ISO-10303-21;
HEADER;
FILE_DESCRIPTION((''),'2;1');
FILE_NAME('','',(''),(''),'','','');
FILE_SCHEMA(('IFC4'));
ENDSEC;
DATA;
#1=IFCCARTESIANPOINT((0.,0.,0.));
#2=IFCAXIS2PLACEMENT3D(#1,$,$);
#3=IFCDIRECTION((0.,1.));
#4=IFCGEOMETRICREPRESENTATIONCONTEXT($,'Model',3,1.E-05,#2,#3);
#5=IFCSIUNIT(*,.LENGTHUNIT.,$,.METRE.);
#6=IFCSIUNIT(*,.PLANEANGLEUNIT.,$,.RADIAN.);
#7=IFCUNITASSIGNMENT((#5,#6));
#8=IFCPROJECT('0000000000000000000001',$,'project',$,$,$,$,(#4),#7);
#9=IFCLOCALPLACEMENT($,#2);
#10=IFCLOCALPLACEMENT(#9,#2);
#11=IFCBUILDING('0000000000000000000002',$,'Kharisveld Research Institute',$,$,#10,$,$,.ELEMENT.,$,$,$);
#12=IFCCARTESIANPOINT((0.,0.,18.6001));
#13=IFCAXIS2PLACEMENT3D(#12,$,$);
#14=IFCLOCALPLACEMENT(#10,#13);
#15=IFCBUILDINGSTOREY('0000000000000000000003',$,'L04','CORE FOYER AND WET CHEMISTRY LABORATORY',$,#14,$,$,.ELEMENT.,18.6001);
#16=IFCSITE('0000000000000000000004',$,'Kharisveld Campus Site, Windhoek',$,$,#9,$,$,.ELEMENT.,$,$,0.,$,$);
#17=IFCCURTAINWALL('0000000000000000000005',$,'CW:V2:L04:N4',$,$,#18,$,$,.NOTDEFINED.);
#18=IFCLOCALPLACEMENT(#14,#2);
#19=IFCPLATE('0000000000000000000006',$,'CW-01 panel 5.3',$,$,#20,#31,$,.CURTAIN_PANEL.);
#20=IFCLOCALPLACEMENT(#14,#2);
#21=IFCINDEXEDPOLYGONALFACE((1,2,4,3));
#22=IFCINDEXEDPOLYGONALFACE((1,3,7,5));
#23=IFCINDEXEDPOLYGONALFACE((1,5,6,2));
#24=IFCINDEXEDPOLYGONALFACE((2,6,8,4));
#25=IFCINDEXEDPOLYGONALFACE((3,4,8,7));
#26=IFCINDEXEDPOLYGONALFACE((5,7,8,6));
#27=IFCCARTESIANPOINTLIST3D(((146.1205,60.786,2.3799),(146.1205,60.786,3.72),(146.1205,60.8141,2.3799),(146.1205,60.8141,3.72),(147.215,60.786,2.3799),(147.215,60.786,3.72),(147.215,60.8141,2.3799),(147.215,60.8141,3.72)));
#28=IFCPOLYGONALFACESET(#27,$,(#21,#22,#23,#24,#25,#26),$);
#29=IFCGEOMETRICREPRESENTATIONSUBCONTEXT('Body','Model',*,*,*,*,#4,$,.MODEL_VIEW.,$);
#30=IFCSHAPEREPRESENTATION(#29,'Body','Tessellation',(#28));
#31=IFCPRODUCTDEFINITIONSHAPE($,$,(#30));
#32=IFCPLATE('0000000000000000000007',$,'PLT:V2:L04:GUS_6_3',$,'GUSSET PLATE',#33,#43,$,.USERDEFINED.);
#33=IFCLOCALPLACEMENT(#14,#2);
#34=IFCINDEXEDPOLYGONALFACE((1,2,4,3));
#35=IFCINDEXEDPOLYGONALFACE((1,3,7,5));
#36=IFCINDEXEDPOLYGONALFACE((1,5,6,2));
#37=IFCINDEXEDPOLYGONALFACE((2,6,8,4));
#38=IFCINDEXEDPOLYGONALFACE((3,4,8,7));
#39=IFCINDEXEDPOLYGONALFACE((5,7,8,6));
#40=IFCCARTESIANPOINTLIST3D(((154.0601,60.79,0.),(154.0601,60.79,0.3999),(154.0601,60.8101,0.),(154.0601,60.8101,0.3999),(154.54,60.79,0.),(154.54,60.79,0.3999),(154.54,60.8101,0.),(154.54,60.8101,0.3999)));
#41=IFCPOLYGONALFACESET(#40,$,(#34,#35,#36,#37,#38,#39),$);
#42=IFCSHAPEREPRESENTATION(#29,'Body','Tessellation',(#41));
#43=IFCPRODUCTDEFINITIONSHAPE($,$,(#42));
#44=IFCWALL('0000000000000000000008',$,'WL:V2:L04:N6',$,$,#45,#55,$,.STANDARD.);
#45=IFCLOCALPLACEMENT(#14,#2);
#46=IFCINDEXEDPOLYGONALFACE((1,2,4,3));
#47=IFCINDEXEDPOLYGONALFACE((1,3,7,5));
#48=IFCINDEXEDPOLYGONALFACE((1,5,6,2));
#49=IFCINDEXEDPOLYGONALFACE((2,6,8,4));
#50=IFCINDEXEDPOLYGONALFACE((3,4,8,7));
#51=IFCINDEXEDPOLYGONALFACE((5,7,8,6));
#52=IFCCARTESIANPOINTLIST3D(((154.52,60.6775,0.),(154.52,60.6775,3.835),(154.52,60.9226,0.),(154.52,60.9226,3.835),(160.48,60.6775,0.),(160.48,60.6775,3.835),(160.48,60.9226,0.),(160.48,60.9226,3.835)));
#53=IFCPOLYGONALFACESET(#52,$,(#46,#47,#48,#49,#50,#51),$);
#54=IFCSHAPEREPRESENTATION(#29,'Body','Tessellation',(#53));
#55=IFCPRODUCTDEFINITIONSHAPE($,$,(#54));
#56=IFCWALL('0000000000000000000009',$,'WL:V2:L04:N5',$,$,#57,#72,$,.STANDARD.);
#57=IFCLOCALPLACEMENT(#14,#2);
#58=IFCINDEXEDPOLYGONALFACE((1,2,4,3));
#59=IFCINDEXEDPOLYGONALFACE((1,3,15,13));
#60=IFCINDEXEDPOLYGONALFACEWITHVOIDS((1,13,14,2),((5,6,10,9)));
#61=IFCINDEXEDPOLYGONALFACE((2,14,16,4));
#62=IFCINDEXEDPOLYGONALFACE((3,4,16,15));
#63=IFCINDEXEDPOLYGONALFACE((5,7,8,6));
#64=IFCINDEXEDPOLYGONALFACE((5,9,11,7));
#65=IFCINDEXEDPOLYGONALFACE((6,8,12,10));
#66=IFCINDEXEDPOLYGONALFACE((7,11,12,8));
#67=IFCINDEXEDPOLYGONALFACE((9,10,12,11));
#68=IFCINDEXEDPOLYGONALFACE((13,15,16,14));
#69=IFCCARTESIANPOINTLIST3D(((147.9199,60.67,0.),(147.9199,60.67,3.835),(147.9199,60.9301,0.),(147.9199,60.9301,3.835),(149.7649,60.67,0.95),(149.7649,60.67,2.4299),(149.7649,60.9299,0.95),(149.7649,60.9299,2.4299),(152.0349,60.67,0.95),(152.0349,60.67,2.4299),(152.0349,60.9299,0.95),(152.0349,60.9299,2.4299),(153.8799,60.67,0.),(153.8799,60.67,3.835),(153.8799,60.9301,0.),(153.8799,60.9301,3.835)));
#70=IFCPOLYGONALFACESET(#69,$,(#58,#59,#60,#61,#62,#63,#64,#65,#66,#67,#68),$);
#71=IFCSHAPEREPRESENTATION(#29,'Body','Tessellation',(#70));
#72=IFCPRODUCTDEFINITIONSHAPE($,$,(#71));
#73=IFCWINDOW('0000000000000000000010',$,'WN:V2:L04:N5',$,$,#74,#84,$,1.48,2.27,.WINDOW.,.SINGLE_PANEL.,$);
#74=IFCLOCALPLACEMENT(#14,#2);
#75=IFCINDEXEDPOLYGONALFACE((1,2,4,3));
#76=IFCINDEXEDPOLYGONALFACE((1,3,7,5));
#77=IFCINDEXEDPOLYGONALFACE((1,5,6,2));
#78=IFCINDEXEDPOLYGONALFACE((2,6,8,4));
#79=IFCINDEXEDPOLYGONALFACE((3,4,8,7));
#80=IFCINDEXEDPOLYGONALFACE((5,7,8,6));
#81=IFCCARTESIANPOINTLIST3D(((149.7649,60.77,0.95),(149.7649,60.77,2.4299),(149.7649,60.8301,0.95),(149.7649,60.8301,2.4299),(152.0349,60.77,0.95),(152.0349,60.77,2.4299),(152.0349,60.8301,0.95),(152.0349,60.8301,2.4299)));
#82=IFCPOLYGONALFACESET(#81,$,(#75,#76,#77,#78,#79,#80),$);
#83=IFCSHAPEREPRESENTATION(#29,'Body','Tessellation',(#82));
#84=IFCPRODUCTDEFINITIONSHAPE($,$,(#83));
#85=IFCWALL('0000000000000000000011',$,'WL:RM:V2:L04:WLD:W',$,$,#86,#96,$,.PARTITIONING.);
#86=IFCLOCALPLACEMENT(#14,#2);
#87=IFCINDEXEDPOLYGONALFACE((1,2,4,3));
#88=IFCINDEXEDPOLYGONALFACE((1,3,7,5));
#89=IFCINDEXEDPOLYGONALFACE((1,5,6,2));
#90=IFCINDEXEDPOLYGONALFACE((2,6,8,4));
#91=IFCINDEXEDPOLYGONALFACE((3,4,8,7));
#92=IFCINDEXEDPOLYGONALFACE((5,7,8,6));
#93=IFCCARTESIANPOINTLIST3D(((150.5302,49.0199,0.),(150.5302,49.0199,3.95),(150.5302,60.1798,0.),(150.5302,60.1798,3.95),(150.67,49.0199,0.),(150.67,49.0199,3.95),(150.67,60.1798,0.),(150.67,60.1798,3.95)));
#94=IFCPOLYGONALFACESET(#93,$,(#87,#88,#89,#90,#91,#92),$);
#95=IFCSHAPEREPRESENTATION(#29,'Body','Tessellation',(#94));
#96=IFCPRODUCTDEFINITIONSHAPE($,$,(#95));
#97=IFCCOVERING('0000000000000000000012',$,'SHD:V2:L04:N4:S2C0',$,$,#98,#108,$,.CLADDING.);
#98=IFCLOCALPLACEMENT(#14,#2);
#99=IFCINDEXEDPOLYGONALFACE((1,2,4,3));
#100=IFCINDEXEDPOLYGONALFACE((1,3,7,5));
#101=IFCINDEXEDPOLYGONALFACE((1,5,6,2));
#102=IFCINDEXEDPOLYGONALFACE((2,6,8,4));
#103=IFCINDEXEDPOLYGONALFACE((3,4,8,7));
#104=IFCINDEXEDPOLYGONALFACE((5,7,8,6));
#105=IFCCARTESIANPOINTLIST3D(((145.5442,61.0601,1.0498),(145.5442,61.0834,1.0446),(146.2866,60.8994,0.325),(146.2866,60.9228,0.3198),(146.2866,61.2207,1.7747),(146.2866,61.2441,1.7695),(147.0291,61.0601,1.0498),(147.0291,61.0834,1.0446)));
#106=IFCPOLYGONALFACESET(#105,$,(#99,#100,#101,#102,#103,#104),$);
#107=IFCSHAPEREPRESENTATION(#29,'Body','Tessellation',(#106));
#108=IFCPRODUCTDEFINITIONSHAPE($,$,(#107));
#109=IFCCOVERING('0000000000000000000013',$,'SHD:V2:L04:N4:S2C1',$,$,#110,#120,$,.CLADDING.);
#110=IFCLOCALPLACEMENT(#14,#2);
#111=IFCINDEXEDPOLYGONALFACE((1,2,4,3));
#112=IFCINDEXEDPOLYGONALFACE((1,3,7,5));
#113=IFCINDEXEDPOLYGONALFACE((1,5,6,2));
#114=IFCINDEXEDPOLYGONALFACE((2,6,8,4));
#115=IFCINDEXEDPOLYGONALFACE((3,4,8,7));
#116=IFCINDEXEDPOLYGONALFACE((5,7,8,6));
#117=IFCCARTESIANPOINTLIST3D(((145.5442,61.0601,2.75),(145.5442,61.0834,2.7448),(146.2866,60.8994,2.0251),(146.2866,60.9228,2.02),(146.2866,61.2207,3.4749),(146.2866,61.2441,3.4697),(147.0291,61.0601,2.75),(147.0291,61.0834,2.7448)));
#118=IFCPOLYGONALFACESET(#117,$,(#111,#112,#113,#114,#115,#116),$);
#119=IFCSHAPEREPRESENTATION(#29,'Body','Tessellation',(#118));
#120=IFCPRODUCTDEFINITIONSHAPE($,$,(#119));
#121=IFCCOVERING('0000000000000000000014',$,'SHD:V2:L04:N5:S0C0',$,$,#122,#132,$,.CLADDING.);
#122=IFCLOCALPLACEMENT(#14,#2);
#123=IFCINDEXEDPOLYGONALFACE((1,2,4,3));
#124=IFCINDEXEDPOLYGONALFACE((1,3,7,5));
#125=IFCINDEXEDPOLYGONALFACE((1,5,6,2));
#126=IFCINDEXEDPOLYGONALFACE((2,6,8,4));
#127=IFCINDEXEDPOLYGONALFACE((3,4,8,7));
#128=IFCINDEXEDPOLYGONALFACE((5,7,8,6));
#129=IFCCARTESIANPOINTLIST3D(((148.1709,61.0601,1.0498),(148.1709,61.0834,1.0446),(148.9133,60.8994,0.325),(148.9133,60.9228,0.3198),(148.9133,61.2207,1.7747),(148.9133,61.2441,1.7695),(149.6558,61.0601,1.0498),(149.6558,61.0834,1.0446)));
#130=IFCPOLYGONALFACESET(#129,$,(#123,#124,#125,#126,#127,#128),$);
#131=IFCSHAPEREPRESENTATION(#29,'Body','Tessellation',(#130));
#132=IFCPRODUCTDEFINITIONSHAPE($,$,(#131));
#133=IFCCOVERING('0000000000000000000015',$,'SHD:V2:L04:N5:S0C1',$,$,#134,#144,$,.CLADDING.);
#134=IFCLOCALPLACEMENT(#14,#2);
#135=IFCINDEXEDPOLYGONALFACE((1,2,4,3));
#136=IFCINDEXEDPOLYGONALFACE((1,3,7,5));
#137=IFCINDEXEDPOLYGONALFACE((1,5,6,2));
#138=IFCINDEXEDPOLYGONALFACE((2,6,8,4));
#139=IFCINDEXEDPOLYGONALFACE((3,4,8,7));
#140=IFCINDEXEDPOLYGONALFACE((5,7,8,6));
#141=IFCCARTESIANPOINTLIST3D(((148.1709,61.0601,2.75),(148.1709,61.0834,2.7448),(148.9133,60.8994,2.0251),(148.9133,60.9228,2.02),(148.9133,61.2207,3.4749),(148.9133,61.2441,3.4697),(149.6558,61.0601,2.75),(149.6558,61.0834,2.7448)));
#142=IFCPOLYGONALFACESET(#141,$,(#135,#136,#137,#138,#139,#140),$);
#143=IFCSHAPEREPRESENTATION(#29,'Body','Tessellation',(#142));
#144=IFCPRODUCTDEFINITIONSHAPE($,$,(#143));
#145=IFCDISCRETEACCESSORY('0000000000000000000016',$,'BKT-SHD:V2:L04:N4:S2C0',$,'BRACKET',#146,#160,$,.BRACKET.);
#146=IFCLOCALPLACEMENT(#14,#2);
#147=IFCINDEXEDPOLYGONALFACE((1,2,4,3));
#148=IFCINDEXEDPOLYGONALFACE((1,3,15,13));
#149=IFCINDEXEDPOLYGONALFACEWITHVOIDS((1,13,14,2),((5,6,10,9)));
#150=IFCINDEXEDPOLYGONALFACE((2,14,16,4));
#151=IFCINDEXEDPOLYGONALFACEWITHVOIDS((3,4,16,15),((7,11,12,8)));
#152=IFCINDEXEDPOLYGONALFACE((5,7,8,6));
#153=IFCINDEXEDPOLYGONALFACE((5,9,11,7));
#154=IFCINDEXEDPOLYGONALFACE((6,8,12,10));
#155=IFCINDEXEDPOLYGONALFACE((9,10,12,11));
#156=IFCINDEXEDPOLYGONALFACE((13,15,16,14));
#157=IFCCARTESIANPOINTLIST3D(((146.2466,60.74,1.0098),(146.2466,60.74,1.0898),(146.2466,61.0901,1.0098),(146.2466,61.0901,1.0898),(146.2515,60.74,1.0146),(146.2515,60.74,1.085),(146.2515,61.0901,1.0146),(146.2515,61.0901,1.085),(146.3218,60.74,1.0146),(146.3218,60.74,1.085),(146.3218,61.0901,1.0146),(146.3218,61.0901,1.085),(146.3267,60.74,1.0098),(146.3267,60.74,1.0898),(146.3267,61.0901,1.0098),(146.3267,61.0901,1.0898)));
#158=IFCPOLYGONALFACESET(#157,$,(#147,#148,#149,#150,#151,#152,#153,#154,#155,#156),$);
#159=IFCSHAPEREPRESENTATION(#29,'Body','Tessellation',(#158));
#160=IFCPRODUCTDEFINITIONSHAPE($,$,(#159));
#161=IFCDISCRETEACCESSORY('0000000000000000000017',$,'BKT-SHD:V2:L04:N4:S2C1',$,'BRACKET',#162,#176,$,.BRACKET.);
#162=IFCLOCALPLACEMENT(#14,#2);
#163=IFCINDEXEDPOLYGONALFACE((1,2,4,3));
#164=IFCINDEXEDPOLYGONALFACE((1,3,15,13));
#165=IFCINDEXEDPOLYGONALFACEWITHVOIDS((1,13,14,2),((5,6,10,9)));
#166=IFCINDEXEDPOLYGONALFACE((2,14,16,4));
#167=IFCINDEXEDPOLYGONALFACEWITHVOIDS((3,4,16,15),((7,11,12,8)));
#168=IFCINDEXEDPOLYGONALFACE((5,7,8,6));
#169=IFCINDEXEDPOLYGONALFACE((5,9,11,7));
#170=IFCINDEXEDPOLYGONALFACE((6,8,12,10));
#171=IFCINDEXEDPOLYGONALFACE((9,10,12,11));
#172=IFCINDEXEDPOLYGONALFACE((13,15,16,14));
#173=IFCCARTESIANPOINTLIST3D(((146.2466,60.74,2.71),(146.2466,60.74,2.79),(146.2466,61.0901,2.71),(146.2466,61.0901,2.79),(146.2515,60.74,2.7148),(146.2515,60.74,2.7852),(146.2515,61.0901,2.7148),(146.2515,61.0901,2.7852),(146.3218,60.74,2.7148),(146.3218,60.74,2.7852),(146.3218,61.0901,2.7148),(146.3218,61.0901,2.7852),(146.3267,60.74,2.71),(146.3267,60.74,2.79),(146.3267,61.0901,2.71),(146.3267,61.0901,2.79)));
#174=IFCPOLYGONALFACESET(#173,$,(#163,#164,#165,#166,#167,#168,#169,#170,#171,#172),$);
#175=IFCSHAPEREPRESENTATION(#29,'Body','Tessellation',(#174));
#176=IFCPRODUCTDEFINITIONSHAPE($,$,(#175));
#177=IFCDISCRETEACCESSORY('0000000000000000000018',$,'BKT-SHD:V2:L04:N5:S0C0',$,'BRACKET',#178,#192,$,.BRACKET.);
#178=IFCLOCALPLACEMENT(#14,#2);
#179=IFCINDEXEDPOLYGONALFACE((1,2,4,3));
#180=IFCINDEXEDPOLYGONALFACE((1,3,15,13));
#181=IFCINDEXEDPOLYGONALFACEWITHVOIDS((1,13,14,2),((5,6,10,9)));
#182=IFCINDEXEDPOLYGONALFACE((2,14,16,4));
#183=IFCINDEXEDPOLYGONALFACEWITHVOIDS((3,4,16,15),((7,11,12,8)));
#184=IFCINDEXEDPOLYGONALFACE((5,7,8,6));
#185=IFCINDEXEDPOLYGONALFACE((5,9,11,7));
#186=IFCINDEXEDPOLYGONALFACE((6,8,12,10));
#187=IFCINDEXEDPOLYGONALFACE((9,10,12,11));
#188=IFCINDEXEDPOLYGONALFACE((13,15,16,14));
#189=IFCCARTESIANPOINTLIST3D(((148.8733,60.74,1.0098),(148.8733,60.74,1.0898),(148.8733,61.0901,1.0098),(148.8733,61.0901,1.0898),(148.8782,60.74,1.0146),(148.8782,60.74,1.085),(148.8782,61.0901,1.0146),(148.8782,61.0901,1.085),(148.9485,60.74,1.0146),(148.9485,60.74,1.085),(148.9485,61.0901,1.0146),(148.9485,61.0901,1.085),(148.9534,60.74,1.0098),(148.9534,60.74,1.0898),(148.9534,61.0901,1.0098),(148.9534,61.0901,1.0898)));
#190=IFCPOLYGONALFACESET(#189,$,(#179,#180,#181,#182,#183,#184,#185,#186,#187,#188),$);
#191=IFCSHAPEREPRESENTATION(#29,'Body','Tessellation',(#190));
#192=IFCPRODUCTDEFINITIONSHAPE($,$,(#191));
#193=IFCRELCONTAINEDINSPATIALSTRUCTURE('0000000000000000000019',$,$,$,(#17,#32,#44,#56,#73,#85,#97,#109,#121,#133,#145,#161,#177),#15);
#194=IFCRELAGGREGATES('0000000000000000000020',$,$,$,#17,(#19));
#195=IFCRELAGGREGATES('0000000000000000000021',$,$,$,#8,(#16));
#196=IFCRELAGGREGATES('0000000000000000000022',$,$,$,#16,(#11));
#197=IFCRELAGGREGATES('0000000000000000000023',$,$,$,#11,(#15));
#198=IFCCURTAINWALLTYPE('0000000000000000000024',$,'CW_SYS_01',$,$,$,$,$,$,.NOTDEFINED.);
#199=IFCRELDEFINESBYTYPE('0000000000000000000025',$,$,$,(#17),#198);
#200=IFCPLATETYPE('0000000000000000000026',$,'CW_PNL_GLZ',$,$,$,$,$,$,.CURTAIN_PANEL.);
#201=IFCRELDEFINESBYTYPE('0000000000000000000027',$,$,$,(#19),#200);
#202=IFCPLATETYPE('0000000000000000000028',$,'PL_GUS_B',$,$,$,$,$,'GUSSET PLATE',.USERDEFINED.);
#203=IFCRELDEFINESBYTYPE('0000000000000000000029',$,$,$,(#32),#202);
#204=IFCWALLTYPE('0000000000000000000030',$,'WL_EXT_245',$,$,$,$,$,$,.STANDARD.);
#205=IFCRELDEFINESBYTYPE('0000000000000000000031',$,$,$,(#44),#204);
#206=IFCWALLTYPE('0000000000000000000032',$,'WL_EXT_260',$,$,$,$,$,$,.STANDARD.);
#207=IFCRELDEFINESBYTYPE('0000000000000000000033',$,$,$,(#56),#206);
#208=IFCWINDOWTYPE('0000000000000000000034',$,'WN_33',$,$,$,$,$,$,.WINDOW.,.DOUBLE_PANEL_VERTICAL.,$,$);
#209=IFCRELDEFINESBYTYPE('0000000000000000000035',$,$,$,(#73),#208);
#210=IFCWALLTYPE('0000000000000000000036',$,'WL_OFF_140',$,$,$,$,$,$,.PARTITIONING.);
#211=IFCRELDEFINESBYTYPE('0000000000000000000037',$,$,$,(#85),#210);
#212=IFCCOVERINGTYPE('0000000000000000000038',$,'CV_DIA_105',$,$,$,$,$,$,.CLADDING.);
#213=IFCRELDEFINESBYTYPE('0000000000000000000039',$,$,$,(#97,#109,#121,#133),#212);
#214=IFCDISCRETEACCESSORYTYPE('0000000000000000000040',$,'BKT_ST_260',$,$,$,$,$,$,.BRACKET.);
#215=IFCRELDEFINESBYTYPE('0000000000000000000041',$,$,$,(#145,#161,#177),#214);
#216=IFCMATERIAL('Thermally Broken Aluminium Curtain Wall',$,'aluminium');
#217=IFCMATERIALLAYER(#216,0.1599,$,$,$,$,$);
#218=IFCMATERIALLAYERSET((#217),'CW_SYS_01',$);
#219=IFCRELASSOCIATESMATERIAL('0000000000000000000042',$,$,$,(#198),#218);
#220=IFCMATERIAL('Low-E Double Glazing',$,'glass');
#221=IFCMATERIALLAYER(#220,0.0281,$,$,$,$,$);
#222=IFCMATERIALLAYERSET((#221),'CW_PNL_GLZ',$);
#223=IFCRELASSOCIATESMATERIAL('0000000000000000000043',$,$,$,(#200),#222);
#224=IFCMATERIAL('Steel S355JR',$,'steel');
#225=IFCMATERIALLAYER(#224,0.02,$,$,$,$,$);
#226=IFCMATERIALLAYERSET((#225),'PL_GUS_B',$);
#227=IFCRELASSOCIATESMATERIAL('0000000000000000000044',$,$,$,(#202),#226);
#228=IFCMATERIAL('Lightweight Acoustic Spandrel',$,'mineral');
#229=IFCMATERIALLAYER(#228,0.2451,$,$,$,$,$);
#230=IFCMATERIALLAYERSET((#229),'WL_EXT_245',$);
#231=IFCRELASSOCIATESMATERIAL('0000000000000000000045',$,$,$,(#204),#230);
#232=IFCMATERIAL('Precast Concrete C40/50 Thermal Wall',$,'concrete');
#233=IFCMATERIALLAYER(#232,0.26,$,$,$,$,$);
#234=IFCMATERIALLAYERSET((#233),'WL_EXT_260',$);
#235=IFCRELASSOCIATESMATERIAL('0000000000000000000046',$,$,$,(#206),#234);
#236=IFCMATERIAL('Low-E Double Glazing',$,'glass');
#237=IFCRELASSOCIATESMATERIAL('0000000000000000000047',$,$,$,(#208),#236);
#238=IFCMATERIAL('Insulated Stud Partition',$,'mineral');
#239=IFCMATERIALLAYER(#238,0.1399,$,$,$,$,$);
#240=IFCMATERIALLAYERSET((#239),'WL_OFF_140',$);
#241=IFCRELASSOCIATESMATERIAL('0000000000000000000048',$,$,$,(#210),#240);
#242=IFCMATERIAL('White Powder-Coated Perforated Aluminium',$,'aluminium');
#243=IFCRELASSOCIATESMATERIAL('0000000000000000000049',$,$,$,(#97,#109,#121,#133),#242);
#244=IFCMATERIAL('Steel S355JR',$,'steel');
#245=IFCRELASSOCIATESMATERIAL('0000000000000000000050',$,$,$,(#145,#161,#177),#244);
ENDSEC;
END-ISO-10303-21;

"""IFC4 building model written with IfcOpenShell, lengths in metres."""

from ifc_helpers import new_model, si_unit, direction, frame, frame_2d, origin, origin_2d, place, context, subcontext, project, spatial, polyline, rectangle, hollow_rectangle, outline, extrude, material, layer, layer_set, type_object, element, fill, aggregate, save


model = new_model("IFC4")

# Units and contexts
model_context = context("Model", 3, precision=1e-05, world=origin(), true_north=direction((0.0, 1.0)))
body_context = subcontext(model_context, "Body", "Model", "MODEL_VIEW")
ifc_project = project(units=[si_unit("LENGTHUNIT", "METRE"), si_unit("PLANEANGLEUNIT", "RADIAN")], contexts=[model_context])

# Site, building, storey
site_placement = place(None, origin())
site = spatial("IfcSite", under=ifc_project, at=site_placement, Name="Kharisveld Campus Site, Windhoek", CompositionType="ELEMENT", RefElevation=0.0)
building_placement = place(site_placement, origin())
building = spatial("IfcBuilding", under=site, at=building_placement, Name="Kharisveld Research Institute", CompositionType="ELEMENT")
storey_placement = place(building_placement, frame((0.0, 0.0, 18.6001)))
storey = spatial("IfcBuildingStorey", under=building, at=storey_placement, Name="L04", Description="CORE FOYER AND WET CHEMISTRY LABORATORY", CompositionType="ELEMENT", Elevation=18.6001)

# Curtain wall
ifc_material_1 = material(Name="Thermally Broken Aluminium Curtain Wall", Category="aluminium")
ifc_layer_1 = layer(ifc_material_1, 0.1599)
ifc_layer_set_1 = layer_set([ifc_layer_1], Name="CW_SYS_01")
curtain_wall_type = type_object("IfcCurtainWallType", Name="CW_SYS_01", PredefinedType="NOTDEFINED", material=ifc_layer_set_1)
curtain_wall_placement = place(storey_placement, origin())
curtain_wall = element("IfcCurtainWall", 1, at=curtain_wall_placement, inside=storey, type_object=curtain_wall_type, Name="CW:V2:L04:N4", PredefinedType="NOTDEFINED")

# Plates
ifc_material_2 = material(Name="Low-E Double Glazing", Category="glass")
ifc_layer_2 = layer(ifc_material_2, 0.0281)
ifc_layer_set_2 = layer_set([ifc_layer_2], Name="CW_PNL_GLZ")
plate_type_1 = type_object("IfcPlateType", Name="CW_PNL_GLZ", PredefinedType="CURTAIN_PANEL", material=ifc_layer_set_2)
plate_1_placement = place(storey_placement, frame((146.6677, 60.8, 2.3799), z_axis=(0.0, 0.0, 1.0), x_axis=(1.0, 0.0, 0.0)))
plate_1 = element("IfcPlate", 2, at=plate_1_placement, type_object=plate_type_1, Name="CW-01 panel 5.3", PredefinedType="CURTAIN_PANEL", context=body_context, shape_type="SweptSolid", body=[
    extrude(rectangle(XDim=1.0945, YDim=0.0281, at=origin_2d()), origin(), (0.0, 0.0, 1.0), 1.3401),
])
aggregate(curtain_wall, [plate_1])
ifc_material_3 = material(Name="Steel S355JR", Category="steel")
ifc_layer_3 = layer(ifc_material_3, 0.02)
ifc_layer_set_3 = layer_set([ifc_layer_3], Name="PL_GUS_B")
plate_type_2 = type_object("IfcPlateType", Name="PL_GUS_B", ElementType="GUSSET PLATE", PredefinedType="USERDEFINED", material=ifc_layer_set_3)
plate_2_placement = place(storey_placement, frame((154.3, 60.8, 0.0), z_axis=(0.0, 0.0, 1.0), x_axis=(1.0, 0.0, 0.0)))
element("IfcPlate", 3, at=plate_2_placement, inside=storey, type_object=plate_type_2, Name="PLT:V2:L04:GUS_6_3", ObjectType="GUSSET PLATE", PredefinedType="USERDEFINED", context=body_context, shape_type="SweptSolid", body=[
    extrude(rectangle(XDim=0.48, YDim=0.02, at=origin_2d()), origin(), (0.0, 0.0, 1.0), 0.3999),
])

# Wall
ifc_material_4 = material(Name="Lightweight Acoustic Spandrel", Category="mineral")
ifc_layer_4 = layer(ifc_material_4, 0.2451)
ifc_layer_set_4 = layer_set([ifc_layer_4], Name="WL_EXT_245")
wall_type_1 = type_object("IfcWallType", Name="WL_EXT_245", PredefinedType="STANDARD", material=ifc_layer_set_4)
wall_1_placement = place(storey_placement, frame((154.52, 60.8, 0.0), z_axis=(0.0, 0.0, 1.0), x_axis=(1.0, 0.0, 0.0)))
element("IfcWall", 4, at=wall_1_placement, inside=storey, type_object=wall_type_1, Name="WL:V2:L04:N6", PredefinedType="STANDARD", context=body_context, shape_type="SweptSolid", body=[
    extrude(rectangle(XDim=5.96, YDim=0.2451, at=frame_2d((2.98, 0.0))), origin(), (0.0, 0.0, 1.0), 3.835),
])

# Wall, opening, window
ifc_material_5 = material(Name="Precast Concrete C40/50 Thermal Wall", Category="concrete")
ifc_layer_5 = layer(ifc_material_5, 0.26)
ifc_layer_set_5 = layer_set([ifc_layer_5], Name="WL_EXT_260")
wall_type_2 = type_object("IfcWallType", Name="WL_EXT_260", PredefinedType="STANDARD", material=ifc_layer_set_5)
wall_2_placement = place(storey_placement, frame((147.9199, 60.8, 0.0), z_axis=(0.0, 0.0, 1.0), x_axis=(1.0, 0.0, 0.0)))
wall_2 = element("IfcWall", 5, at=wall_2_placement, inside=storey, type_object=wall_type_2, Name="WL:V2:L04:N5", PredefinedType="STANDARD", context=body_context, shape_type="SweptSolid", body=[
    extrude(rectangle(XDim=5.96, YDim=0.26, at=frame_2d((2.98, 0.0))), origin(), (0.0, 0.0, 1.0), 3.835),
])
opening_placement = place(wall_2_placement, frame((1.845, 0.0, 0.95)))
opening = element("IfcOpeningElement", 6, at=opening_placement, cuts=wall_2, PredefinedType="OPENING", context=body_context, shape_type="SweptSolid", body=[
    extrude(rectangle(XDim=2.27, YDim=1.48, at=frame_2d((1.135, 0.74))), frame((0.0, 0.1299, 0.0), z_axis=(0.0, -1.0, 0.0), x_axis=(1.0, 0.0, 0.0)), (0.0, 0.0, 1.0), 0.26),
])
ifc_material_6 = material(Name="Low-E Double Glazing", Category="glass")
window_type = type_object("IfcWindowType", Name="WN_33", PartitioningType="DOUBLE_PANEL_VERTICAL", PredefinedType="WINDOW", material=ifc_material_6)
window_placement = place(opening_placement, origin())
window = element("IfcWindow", 7, at=window_placement, inside=storey, type_object=window_type, Name="WN:V2:L04:N5", OverallHeight=1.48, OverallWidth=2.27, PartitioningType="SINGLE_PANEL", PredefinedType="WINDOW", context=body_context, shape_type="SweptSolid", body=[
    extrude(rectangle(XDim=2.27, YDim=1.48, at=frame_2d((1.135, 0.74))), frame((0.0, 0.03, 0.0), z_axis=(0.0, -1.0, 0.0), x_axis=(1.0, 0.0, 0.0)), (0.0, 0.0, 1.0), 0.0601),
])
fill(opening, window)

# Wall
ifc_material_7 = material(Name="Insulated Stud Partition", Category="mineral")
ifc_layer_6 = layer(ifc_material_7, 0.1399)
ifc_layer_set_6 = layer_set([ifc_layer_6], Name="WL_OFF_140")
wall_type_3 = type_object("IfcWallType", Name="WL_OFF_140", PredefinedType="PARTITIONING", material=ifc_layer_set_6)
wall_3_placement = place(storey_placement, frame((150.6001, 60.1799, 0.0), z_axis=(0.0, 0.0, 1.0), x_axis=(0.0, -1.0, 0.0)))
element("IfcWall", 8, at=wall_3_placement, inside=storey, type_object=wall_type_3, Name="WL:RM:V2:L04:WLD:W", PredefinedType="PARTITIONING", context=body_context, shape_type="SweptSolid", body=[
    extrude(rectangle(XDim=11.1599, YDim=0.1399, at=frame_2d((5.5801, 0.0))), origin(), (0.0, 0.0, 1.0), 3.95),
])

# Coverings
ifc_material_8 = material(Name="White Powder-Coated Perforated Aluminium", Category="aluminium")
covering_type = type_object("IfcCoveringType", Name="CV_DIA_105", PredefinedType="CLADDING")
for number, where, z_axis, x_axis, name in (
    (9, (146.2866, 60.8994, 0.325), (0.0, -0.976311, 0.216373), (0.707102, 0.153, 0.69036), "SHD:V2:L04:N4:S2C0"),
    (10, (146.2866, 60.8994, 2.0251), (0.0, -0.976311, 0.216373), (0.707102, 0.153, 0.69036), "SHD:V2:L04:N4:S2C1"),
    (11, (148.9133, 60.8994, 0.325), (0.0, -0.976311, 0.216373), (0.707102, 0.153, 0.69036), "SHD:V2:L04:N5:S0C0"),
    (12, (148.9133, 60.8994, 2.0251), (0.0, -0.976311, 0.216373), (0.707102, 0.153, 0.69036), "SHD:V2:L04:N5:S0C1"),
):
    element("IfcCovering", number, at=place(storey_placement, frame(where, z_axis=z_axis, x_axis=x_axis)), inside=storey, type_object=covering_type, material=ifc_material_8, Name=name, PredefinedType="CLADDING", context=body_context, shape_type="SweptSolid", body=[
        extrude(outline(polyline([(0.0, 0.0), (1.05, 0.0), (1.05, 1.05), (0.0, 1.05), (0.0, 0.0)])), origin(), (0.0, 0.0, -1.0), 0.0239),
    ])

# Discrete accessories
ifc_material_9 = material(Name="Steel S355JR", Category="steel")
discrete_accessory_type = type_object("IfcDiscreteAccessoryType", Name="BKT_ST_260", PredefinedType="BRACKET")
for number, where, z_axis, x_axis, name in (
    (13, (146.2866, 60.74, 1.0498), (0.0, 1.0, 0.0), (-1.0, 0.0, 0.0), "BKT-SHD:V2:L04:N4:S2C0"),
    (14, (146.2866, 60.74, 2.75), (0.0, 1.0, 0.0), (-1.0, 0.0, 0.0), "BKT-SHD:V2:L04:N4:S2C1"),
    (15, (148.9133, 60.74, 1.0498), (0.0, 1.0, 0.0), (-1.0, 0.0, 0.0), "BKT-SHD:V2:L04:N5:S0C0"),
):
    element("IfcDiscreteAccessory", number, at=place(storey_placement, frame(where, z_axis=z_axis, x_axis=x_axis)), inside=storey, type_object=discrete_accessory_type, material=ifc_material_9, Name=name, ObjectType="BRACKET", PredefinedType="BRACKET", context=body_context, shape_type="SweptSolid", body=[
        extrude(hollow_rectangle(XDim=0.0801, YDim=0.0801, WallThickness=0.0049, at=origin_2d()), origin(), (0.0, 0.0, 1.0), 0.3501),
    ])

save(model, "model.ifc")
